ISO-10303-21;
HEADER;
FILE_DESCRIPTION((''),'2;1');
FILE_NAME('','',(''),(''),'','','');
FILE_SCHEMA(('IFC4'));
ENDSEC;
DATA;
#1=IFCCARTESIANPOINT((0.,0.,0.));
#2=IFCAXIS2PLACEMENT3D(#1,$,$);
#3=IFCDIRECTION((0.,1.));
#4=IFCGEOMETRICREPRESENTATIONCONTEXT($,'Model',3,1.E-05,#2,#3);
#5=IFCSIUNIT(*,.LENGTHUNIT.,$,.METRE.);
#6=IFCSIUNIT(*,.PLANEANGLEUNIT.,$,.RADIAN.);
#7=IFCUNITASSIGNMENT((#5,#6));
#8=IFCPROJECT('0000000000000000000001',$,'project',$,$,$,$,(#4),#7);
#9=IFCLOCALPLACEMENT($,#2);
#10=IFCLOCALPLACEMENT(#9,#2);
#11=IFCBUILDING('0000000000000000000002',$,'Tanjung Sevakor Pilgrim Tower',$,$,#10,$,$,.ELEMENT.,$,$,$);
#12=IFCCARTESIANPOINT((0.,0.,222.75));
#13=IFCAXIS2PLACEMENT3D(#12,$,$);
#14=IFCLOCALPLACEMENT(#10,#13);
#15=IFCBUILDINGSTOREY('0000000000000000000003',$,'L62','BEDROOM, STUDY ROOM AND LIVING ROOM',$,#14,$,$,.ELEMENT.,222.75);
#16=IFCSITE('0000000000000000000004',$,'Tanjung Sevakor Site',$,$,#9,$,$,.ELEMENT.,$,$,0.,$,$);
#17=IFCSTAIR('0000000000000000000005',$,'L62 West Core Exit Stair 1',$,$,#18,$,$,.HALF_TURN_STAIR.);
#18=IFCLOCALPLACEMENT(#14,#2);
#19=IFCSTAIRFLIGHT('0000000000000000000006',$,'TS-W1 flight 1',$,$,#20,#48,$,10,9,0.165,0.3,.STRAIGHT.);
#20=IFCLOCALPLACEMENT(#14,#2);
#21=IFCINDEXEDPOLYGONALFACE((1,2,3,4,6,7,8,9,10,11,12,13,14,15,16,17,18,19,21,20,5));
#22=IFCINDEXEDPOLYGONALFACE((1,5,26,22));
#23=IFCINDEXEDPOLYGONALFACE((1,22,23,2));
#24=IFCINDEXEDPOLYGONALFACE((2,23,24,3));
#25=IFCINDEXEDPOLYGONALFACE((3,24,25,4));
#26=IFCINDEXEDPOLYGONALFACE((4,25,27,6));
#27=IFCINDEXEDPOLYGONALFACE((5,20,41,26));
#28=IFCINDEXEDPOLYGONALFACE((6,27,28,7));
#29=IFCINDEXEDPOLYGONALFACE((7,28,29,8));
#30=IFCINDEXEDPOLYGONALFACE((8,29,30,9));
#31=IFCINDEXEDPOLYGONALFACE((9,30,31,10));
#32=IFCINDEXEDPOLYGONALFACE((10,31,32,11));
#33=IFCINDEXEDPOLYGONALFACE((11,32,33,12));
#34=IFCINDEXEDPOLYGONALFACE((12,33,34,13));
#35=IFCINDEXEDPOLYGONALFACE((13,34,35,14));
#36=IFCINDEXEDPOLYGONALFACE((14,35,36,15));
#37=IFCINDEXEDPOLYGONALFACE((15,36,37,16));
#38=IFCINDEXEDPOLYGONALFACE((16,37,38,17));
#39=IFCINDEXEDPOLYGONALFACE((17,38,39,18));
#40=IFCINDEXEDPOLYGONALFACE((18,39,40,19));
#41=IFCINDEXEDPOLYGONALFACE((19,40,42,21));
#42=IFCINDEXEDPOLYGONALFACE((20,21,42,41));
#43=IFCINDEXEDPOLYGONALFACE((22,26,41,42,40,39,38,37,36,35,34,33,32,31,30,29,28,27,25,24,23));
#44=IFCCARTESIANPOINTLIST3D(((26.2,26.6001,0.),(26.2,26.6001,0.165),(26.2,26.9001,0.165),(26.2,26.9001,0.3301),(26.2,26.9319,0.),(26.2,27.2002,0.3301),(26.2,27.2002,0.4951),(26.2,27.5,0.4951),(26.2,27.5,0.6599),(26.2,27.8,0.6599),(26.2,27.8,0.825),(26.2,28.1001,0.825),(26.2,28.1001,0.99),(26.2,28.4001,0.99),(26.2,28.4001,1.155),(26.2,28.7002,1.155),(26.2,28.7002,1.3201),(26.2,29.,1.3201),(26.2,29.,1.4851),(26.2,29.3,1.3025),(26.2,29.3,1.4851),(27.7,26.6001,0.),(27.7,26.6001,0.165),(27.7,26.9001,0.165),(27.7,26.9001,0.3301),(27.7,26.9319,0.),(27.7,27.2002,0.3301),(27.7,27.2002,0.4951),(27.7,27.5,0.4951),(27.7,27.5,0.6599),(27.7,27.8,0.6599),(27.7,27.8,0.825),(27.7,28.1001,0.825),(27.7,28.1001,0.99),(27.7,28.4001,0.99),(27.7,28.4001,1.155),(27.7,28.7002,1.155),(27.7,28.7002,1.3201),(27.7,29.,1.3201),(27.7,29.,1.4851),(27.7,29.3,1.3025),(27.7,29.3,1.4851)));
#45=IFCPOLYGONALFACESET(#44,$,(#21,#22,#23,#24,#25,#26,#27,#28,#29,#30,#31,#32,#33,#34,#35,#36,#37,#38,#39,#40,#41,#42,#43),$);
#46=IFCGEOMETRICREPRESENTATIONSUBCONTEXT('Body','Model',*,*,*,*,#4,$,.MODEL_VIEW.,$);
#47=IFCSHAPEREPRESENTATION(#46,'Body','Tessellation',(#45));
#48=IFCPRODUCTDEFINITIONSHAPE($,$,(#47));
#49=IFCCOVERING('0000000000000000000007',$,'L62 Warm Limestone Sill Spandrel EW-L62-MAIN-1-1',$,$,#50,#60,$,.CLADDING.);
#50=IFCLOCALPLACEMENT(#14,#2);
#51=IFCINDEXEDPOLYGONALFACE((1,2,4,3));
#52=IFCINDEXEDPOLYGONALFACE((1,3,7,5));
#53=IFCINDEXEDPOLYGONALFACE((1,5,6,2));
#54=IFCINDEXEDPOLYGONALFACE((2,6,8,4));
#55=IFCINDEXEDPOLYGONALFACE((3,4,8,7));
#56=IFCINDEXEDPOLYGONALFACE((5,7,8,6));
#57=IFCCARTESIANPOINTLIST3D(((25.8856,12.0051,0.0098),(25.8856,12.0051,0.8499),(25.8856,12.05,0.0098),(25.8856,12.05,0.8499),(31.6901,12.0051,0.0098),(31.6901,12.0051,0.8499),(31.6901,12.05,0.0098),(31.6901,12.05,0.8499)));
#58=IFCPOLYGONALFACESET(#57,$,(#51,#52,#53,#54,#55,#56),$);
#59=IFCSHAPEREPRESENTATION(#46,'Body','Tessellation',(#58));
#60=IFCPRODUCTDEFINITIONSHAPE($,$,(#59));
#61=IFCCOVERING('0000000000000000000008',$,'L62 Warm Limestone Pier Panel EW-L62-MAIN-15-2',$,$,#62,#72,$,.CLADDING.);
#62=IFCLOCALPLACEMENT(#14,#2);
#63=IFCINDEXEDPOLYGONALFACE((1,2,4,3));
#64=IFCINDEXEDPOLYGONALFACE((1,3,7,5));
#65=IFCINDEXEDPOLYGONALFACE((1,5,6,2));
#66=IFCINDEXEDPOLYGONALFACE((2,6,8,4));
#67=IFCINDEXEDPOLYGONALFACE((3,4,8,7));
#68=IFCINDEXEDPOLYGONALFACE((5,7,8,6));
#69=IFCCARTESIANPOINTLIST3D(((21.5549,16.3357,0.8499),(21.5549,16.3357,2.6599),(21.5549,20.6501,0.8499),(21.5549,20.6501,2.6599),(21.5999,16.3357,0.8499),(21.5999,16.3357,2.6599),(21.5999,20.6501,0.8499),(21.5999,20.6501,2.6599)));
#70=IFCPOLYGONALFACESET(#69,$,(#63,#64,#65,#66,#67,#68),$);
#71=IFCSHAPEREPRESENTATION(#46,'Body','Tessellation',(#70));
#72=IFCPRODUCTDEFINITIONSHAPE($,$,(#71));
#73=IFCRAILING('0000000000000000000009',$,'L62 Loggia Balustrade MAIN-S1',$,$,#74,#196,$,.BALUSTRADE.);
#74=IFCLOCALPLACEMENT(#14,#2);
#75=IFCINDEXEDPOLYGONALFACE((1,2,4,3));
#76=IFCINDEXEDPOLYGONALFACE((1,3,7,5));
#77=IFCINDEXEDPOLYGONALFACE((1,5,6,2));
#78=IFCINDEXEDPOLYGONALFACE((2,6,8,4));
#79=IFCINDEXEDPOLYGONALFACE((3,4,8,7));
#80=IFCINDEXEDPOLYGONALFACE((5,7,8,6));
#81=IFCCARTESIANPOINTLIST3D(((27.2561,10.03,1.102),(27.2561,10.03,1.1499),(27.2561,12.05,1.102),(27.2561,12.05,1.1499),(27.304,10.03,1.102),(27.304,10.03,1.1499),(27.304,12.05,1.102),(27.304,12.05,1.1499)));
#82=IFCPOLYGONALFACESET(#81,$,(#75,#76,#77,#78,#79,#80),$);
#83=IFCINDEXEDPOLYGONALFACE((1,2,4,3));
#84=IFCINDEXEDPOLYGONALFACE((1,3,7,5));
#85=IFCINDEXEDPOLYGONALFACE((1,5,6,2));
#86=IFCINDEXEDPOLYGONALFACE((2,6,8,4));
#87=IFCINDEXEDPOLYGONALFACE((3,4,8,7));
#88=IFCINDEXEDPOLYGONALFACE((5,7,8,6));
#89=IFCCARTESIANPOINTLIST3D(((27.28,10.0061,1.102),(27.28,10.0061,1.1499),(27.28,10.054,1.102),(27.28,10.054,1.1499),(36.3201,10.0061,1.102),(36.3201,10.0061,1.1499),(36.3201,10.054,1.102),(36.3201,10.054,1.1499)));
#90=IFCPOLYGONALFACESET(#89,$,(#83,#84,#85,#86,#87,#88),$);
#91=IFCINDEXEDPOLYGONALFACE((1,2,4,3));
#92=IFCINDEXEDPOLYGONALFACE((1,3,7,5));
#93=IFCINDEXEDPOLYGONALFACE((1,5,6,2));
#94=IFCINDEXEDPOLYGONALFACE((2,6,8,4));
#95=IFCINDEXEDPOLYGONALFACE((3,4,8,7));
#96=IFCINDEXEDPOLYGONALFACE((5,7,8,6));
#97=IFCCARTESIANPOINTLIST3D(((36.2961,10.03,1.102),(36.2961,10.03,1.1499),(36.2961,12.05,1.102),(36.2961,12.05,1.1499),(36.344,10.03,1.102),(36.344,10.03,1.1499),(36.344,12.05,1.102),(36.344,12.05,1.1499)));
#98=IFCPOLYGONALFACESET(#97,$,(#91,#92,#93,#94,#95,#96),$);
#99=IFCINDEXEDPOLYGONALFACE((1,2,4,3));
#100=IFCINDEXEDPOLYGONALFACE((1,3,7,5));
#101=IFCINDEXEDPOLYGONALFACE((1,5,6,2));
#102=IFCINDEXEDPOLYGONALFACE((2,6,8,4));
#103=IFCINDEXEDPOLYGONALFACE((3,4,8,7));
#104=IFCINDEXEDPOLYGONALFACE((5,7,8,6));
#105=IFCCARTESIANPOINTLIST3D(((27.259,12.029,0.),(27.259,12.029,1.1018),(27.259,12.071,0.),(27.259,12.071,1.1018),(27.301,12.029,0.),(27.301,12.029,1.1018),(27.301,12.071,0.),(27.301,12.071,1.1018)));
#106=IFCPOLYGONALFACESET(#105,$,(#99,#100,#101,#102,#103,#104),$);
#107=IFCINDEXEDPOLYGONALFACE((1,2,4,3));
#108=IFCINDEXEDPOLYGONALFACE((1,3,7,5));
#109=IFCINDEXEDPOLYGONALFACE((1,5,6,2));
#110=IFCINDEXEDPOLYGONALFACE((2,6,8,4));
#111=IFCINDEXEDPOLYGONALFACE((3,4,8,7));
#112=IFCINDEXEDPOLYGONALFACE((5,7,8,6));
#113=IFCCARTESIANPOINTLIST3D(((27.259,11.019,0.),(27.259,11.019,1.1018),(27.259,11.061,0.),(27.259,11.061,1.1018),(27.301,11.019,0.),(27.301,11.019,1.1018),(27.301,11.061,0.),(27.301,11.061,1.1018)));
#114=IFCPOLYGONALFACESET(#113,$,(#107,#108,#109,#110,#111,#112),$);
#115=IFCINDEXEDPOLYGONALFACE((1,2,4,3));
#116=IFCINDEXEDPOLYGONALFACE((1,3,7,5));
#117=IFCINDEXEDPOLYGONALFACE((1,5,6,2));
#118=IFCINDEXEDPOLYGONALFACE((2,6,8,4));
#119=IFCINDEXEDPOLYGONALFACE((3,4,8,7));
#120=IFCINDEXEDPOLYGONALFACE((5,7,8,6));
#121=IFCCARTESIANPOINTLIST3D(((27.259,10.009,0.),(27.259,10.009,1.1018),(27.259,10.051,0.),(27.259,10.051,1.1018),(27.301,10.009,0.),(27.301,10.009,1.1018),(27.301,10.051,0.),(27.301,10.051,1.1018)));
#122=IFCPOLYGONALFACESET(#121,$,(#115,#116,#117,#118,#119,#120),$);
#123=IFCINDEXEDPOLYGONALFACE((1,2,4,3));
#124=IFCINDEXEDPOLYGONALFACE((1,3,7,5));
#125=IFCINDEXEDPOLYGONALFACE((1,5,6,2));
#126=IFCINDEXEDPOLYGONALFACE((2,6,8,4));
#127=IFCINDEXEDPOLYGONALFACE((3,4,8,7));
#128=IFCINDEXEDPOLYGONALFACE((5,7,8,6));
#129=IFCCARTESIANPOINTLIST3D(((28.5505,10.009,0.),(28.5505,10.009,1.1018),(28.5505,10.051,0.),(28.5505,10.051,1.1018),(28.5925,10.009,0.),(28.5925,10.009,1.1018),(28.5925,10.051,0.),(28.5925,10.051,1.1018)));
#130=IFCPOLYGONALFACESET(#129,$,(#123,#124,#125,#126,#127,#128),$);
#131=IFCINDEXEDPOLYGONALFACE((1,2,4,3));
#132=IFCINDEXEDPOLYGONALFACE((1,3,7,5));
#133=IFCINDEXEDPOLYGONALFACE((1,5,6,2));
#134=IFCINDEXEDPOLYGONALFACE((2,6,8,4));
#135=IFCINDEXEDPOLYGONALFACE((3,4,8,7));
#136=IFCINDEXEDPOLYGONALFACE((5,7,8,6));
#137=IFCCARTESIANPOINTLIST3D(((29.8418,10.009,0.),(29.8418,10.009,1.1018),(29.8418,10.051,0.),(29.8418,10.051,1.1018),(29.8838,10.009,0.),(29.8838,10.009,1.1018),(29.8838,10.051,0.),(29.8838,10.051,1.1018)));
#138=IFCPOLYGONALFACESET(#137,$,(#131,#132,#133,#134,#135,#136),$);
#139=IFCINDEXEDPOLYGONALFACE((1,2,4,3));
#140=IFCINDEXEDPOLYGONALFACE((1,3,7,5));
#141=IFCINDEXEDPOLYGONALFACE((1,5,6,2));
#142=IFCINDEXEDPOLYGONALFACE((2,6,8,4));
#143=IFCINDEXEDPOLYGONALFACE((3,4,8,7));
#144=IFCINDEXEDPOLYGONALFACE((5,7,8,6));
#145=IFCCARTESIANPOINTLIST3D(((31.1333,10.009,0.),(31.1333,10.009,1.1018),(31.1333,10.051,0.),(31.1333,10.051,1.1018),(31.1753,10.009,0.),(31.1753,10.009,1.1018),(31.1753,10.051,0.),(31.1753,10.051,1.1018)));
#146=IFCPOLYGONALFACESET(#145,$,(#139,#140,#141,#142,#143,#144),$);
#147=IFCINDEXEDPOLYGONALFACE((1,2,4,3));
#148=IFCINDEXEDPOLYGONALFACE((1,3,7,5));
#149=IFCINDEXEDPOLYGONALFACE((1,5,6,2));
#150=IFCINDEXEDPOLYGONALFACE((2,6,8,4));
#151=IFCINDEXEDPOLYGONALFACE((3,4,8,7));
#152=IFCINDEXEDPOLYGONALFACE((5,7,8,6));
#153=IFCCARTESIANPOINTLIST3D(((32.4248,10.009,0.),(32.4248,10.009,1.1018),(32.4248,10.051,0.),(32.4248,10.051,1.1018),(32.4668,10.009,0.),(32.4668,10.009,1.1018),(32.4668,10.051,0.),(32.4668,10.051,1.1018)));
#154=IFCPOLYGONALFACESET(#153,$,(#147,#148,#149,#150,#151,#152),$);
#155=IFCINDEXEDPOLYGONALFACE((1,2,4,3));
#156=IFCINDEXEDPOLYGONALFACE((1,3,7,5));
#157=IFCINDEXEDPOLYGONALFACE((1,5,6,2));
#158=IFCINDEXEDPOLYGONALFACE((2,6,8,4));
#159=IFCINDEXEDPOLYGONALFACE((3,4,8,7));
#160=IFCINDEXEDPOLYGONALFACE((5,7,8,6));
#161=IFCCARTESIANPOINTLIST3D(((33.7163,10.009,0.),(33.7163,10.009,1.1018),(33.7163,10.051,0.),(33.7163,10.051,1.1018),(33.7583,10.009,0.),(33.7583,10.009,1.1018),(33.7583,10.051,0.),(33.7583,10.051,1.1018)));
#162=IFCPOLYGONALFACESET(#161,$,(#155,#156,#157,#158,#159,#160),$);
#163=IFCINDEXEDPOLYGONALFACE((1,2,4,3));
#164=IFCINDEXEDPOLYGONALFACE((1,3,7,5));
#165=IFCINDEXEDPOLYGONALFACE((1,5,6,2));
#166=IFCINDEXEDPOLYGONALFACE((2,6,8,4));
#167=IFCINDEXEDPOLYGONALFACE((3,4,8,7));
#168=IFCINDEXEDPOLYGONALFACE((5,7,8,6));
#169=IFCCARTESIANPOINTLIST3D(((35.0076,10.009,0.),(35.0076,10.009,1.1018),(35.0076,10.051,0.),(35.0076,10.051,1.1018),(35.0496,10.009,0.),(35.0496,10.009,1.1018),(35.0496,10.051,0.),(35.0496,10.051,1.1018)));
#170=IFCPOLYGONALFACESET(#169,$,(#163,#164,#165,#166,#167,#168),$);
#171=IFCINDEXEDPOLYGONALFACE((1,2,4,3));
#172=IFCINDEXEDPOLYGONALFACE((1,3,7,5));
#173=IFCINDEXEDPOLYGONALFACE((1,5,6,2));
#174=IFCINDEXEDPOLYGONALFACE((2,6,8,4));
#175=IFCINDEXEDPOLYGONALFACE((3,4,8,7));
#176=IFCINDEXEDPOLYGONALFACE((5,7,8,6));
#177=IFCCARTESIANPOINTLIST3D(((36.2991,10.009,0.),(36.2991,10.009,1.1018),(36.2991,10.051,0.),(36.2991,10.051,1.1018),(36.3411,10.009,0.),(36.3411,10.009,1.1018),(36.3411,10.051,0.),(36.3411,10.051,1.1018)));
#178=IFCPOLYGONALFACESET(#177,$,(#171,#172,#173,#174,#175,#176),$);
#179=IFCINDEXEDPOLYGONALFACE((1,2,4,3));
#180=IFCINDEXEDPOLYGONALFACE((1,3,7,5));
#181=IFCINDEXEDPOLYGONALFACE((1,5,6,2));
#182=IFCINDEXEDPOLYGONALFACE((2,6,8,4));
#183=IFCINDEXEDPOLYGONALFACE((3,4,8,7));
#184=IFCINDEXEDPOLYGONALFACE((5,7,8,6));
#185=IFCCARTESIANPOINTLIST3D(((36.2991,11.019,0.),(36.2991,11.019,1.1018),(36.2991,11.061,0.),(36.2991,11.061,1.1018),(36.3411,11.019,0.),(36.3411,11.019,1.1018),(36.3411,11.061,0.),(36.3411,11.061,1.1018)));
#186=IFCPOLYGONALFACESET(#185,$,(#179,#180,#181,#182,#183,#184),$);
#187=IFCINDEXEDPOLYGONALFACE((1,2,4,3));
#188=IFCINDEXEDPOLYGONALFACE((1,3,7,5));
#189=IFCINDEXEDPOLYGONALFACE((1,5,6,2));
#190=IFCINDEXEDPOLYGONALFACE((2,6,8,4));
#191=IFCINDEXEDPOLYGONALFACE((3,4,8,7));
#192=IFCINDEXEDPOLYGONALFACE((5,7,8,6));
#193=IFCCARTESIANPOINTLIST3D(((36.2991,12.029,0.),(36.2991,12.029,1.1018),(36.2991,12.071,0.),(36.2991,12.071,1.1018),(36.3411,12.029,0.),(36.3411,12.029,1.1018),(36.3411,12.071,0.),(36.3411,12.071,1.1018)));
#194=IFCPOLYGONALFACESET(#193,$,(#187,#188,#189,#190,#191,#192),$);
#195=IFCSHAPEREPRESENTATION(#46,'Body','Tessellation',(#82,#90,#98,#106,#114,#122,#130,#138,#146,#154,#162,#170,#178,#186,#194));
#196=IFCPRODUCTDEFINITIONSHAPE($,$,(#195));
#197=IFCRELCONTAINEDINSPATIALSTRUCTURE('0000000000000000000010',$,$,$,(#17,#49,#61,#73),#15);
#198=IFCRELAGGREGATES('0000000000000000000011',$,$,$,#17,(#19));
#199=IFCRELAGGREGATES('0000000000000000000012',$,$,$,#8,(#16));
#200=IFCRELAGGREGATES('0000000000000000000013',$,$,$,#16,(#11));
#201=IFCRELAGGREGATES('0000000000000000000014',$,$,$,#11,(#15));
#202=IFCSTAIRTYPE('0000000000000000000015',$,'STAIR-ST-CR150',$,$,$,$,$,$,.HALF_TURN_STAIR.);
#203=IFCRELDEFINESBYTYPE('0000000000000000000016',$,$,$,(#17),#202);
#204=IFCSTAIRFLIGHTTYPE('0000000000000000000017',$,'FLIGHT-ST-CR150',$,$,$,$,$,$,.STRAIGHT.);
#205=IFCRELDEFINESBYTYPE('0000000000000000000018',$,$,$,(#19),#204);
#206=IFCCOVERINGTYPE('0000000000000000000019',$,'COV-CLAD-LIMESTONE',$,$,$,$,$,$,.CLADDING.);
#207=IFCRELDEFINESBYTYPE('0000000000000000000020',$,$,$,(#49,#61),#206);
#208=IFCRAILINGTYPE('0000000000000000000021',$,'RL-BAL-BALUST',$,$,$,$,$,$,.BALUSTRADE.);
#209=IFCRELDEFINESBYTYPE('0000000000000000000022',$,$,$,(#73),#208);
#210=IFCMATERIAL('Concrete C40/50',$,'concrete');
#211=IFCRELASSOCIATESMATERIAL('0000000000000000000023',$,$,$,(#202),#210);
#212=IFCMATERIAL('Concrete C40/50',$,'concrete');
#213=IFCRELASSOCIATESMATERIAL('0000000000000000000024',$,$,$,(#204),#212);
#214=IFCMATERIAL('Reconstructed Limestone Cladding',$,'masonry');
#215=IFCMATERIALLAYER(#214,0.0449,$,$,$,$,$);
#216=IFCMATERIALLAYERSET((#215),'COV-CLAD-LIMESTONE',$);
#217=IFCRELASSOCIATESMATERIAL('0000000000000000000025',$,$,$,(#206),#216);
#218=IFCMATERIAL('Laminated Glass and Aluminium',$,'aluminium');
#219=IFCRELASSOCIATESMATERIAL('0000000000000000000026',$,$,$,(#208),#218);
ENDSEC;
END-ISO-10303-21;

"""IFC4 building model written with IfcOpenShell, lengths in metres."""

from ifc_helpers import new_model, si_unit, direction, frame, origin, origin_2d, place, context, subcontext, project, spatial, polyline, rectangle, outline, extrude, material, layer, layer_set, type_object, element, aggregate, save


model = new_model("IFC4")

# Units and contexts
model_context = context("Model", 3, precision=1e-05, world=origin(), true_north=direction((0.0, 1.0)))
body_context = subcontext(model_context, "Body", "Model", "MODEL_VIEW")
ifc_project = project(units=[si_unit("LENGTHUNIT", "METRE"), si_unit("PLANEANGLEUNIT", "RADIAN")], contexts=[model_context])

# Site, building, storey
site_placement = place(None, origin())
site = spatial("IfcSite", under=ifc_project, at=site_placement, Name="Tanjung Sevakor Site", CompositionType="ELEMENT", RefElevation=0.0)
building_placement = place(site_placement, origin())
building = spatial("IfcBuilding", under=site, at=building_placement, Name="Tanjung Sevakor Pilgrim Tower", CompositionType="ELEMENT")
storey_placement = place(building_placement, frame((0.0, 0.0, 222.75)))
storey = spatial("IfcBuildingStorey", under=building, at=storey_placement, Name="L62", Description="BEDROOM, STUDY ROOM AND LIVING ROOM", CompositionType="ELEMENT", Elevation=222.75)

# Stair, stair flight
ifc_material_1 = material(Name="Concrete C40/50", Category="concrete")
stair_type = type_object("IfcStairType", Name="STAIR-ST-CR150", PredefinedType="HALF_TURN_STAIR", material=ifc_material_1)
stair_placement = place(storey_placement, origin())
stair = element("IfcStair", 1, at=stair_placement, inside=storey, type_object=stair_type, Name="L62 West Core Exit Stair 1", PredefinedType="HALF_TURN_STAIR")
ifc_material_2 = material(Name="Concrete C40/50", Category="concrete")
stair_flight_type = type_object("IfcStairFlightType", Name="FLIGHT-ST-CR150", PredefinedType="STRAIGHT", material=ifc_material_2)
stair_flight_placement = place(storey_placement, frame((26.95, 26.6001, 0.0), z_axis=(0.0, 0.0, 1.0), x_axis=(0.0, 1.0, 0.0)))
stair_flight = element("IfcStairFlight", 2, at=stair_flight_placement, type_object=stair_flight_type, Name="TS-W1 flight 1", NumberOfRisers=10, NumberOfTreads=9, PredefinedType="STRAIGHT", RiserHeight=0.165, TreadLength=0.3, context=body_context, shape_type="SweptSolid", body=[
    extrude(outline(polyline([(0.0, 0.0), (0.0, 0.165), (0.3, 0.165), (0.3, 0.3301), (0.6001, 0.3301), (0.6001, 0.4951), (0.8999, 0.4951), (0.8999, 0.6599), (1.2, 0.6599), (1.2, 0.825), (1.5, 0.825), (1.5, 0.99), (1.8, 0.99), (1.8, 1.155), (2.1001, 1.155), (2.1001, 1.3201), (2.3999, 1.3201), (2.3999, 1.4851), (2.7, 1.4851), (2.7, 1.6499), (2.7, 1.3025), (0.3318, 0.0), (0.0, 0.0)])), frame((0.0, 0.75, 0.0), z_axis=(0.0, -1.0, 0.0), x_axis=(1.0, 0.0, 0.0)), (0.0, 0.0, 1.0), 1.5),
])
aggregate(stair, [stair_flight])

# Coverings
ifc_material_3 = material(Name="Reconstructed Limestone Cladding", Category="masonry")
ifc_layer_1 = layer(ifc_material_3, 0.0449)
ifc_layer_set_1 = layer_set([ifc_layer_1], Name="COV-CLAD-LIMESTONE")
covering_type = type_object("IfcCoveringType", Name="COV-CLAD-LIMESTONE", PredefinedType="CLADDING", material=ifc_layer_set_1)
covering_1_placement = place(storey_placement, frame((28.7878, 12.0276, 0.0098), z_axis=(0.0, 0.0, 1.0), x_axis=(1.0, 0.0, 0.0)))
element("IfcCovering", 3, at=covering_1_placement, inside=storey, type_object=covering_type, Name="L62 Warm Limestone Sill Spandrel EW-L62-MAIN-1-1", PredefinedType="CLADDING", context=body_context, shape_type="SweptSolid", body=[
    extrude(rectangle(XDim=5.8044, YDim=0.0449, at=origin_2d()), origin(), (0.0, 0.0, 1.0), 0.8401),
])
covering_2_placement = place(storey_placement, frame((21.5774, 18.4929, 0.8499), z_axis=(0.0, 0.0, 1.0), x_axis=(0.0, -1.0, 0.0)))
element("IfcCovering", 4, at=covering_2_placement, inside=storey, type_object=covering_type, Name="L62 Warm Limestone Pier Panel EW-L62-MAIN-15-2", PredefinedType="CLADDING", context=body_context, shape_type="SweptSolid", body=[
    extrude(rectangle(XDim=4.3145, YDim=0.0449, at=origin_2d()), origin(), (0.0, 0.0, 1.0), 1.8101),
])

# Railing
ifc_material_4 = material(Name="Laminated Glass and Aluminium", Category="aluminium")
railing_type_1 = type_object("IfcRailingType", Name="RL-BAL-BALUST", PredefinedType="BALUSTRADE", material=ifc_material_4)
railing_1_placement = place(storey_placement, frame((27.28, 12.05, 0.0)))
element("IfcRailing", 5, at=railing_1_placement, inside=storey, type_object=railing_type_1, Name="L62 Loggia Balustrade MAIN-S1", PredefinedType="BALUSTRADE", context=body_context, shape_type="SweptSolid", body=[
    extrude(rectangle(XDim=0.0479, YDim=0.0479), frame((0.0, 0.0, 1.126), z_axis=(0.0, -1.0, 0.0), x_axis=(1.0, 0.0, 0.0)), (0.0, 0.0, 1.0), 2.02),
    extrude(rectangle(XDim=0.0479, YDim=0.0479), frame((0.0, -2.02, 1.126), z_axis=(1.0, 0.0, 0.0), x_axis=(0.0, 1.0, 0.0)), (0.0, 0.0, 1.0), 9.04),
    extrude(rectangle(XDim=0.0479, YDim=0.0479), frame((9.04, -2.02, 1.126), z_axis=(0.0, 1.0, 0.0), x_axis=(-1.0, 0.0, 0.0)), (0.0, 0.0, 1.0), 2.02),
    extrude(rectangle(XDim=0.042, YDim=0.042), origin(), (0.0, 0.0, 1.0), 1.1018),
    extrude(rectangle(XDim=0.042, YDim=0.042), frame((0.0, -1.01, 0.0)), (0.0, 0.0, 1.0), 1.1018),
    extrude(rectangle(XDim=0.042, YDim=0.042), frame((0.0, -2.02, 0.0)), (0.0, 0.0, 1.0), 1.1018),
    extrude(rectangle(XDim=0.042, YDim=0.042), frame((1.2915, -2.02, 0.0)), (0.0, 0.0, 1.0), 1.1018),
    extrude(rectangle(XDim=0.042, YDim=0.042), frame((2.5828, -2.02, 0.0)), (0.0, 0.0, 1.0), 1.1018),
    extrude(rectangle(XDim=0.042, YDim=0.042), frame((3.8743, -2.02, 0.0)), (0.0, 0.0, 1.0), 1.1018),
    extrude(rectangle(XDim=0.042, YDim=0.042), frame((5.1658, -2.02, 0.0)), (0.0, 0.0, 1.0), 1.1018),
    extrude(rectangle(XDim=0.042, YDim=0.042), frame((6.4573, -2.02, 0.0)), (0.0, 0.0, 1.0), 1.1018),
    extrude(rectangle(XDim=0.042, YDim=0.042), frame((7.7485, -2.02, 0.0)), (0.0, 0.0, 1.0), 1.1018),
    extrude(rectangle(XDim=0.042, YDim=0.042), frame((9.04, -2.02, 0.0)), (0.0, 0.0, 1.0), 1.1018),
    extrude(rectangle(XDim=0.042, YDim=0.042), frame((9.04, -1.01, 0.0)), (0.0, 0.0, 1.0), 1.1018),
    extrude(rectangle(XDim=0.042, YDim=0.042), frame((9.04, 0.0, 0.0)), (0.0, 0.0, 1.0), 1.1018),
])

save(model, "model.ifc")
